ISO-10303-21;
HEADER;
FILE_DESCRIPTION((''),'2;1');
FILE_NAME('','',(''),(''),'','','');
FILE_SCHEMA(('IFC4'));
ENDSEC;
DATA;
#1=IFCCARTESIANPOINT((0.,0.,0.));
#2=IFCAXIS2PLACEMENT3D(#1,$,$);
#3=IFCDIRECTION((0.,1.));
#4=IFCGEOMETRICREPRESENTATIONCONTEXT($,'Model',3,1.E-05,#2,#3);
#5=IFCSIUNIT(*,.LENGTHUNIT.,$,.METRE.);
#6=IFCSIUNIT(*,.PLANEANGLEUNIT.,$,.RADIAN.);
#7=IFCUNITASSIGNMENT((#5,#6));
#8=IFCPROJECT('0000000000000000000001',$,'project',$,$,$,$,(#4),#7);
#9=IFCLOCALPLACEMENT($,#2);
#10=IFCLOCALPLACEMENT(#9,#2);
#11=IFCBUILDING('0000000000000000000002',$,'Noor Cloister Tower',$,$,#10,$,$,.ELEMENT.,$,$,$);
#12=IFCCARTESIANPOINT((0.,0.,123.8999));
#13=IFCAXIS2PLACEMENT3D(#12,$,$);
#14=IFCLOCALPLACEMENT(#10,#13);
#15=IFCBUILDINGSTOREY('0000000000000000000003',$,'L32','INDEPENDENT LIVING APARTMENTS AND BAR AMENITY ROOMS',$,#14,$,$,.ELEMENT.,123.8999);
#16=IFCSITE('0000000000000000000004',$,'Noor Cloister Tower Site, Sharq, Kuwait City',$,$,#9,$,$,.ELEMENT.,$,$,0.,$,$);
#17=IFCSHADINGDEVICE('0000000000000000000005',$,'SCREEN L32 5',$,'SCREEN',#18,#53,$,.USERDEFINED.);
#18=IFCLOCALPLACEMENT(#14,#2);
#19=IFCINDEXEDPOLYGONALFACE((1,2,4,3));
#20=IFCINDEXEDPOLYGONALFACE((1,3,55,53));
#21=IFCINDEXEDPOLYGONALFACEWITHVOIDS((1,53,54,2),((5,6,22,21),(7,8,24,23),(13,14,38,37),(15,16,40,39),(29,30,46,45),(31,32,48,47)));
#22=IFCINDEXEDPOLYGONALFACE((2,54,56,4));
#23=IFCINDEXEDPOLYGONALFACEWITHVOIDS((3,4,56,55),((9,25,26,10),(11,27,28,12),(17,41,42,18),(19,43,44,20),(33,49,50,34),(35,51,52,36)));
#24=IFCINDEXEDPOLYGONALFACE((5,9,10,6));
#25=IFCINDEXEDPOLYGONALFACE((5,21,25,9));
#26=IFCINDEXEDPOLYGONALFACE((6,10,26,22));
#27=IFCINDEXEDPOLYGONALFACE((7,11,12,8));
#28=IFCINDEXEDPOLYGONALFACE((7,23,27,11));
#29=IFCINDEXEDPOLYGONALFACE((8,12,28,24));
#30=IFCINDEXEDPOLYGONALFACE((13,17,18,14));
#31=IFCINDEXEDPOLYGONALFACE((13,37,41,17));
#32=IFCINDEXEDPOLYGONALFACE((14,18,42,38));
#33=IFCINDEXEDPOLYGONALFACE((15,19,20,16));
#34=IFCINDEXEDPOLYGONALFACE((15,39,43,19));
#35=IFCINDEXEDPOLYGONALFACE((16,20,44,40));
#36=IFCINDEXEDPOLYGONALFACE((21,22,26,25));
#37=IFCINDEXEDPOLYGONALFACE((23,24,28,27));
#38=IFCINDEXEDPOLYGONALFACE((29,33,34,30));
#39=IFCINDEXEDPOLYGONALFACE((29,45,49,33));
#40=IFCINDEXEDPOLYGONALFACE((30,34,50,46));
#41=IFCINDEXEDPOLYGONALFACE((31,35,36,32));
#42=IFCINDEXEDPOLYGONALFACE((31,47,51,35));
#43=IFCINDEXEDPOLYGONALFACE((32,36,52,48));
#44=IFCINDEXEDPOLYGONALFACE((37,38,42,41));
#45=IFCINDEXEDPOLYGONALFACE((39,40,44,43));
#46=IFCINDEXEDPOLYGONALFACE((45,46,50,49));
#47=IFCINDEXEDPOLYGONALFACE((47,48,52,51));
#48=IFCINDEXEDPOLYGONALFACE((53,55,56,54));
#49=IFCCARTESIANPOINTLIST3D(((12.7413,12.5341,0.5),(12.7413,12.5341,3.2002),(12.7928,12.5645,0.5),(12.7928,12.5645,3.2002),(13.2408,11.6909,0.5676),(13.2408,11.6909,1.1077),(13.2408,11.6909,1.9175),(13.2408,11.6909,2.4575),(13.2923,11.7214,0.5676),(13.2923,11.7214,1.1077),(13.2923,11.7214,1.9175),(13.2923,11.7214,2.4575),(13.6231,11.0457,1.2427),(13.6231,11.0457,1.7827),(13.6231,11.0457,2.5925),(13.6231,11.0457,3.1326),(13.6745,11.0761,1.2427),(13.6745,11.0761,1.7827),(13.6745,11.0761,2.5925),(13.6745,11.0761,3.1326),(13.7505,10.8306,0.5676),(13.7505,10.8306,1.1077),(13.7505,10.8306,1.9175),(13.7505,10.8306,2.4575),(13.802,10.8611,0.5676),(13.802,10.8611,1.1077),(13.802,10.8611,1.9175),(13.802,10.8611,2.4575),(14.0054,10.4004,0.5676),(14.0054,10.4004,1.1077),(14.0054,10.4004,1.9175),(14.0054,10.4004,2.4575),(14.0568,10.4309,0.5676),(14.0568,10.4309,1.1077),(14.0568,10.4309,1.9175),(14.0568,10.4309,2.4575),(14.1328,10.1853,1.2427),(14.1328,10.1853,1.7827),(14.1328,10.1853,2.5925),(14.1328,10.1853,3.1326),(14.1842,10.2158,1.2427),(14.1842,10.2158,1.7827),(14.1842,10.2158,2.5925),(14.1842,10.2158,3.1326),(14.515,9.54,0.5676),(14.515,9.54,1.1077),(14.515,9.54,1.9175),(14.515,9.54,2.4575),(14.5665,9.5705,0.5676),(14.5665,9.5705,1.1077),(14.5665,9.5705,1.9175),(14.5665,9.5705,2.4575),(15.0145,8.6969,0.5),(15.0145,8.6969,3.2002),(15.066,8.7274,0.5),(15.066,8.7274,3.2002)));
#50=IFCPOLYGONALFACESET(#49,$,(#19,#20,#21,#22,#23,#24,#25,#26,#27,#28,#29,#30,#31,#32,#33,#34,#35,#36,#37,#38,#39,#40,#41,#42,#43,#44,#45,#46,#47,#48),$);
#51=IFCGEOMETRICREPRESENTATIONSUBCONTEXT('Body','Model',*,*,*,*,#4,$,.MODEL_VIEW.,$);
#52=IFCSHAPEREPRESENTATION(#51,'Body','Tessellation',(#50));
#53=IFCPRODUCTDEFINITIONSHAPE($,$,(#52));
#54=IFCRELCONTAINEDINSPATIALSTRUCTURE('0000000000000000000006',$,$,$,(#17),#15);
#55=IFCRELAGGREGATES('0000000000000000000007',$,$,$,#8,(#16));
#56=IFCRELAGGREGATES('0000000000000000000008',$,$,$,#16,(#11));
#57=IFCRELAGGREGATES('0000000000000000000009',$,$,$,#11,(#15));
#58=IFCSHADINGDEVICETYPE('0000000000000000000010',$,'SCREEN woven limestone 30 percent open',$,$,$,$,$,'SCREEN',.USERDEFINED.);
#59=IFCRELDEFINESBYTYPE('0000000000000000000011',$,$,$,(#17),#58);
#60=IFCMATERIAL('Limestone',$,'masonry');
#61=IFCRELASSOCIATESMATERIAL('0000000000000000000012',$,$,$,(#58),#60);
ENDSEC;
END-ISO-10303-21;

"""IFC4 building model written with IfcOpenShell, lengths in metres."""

from ifc_helpers import new_model, si_unit, direction, frame, origin, place, context, subcontext, project, spatial, polyline, outline, extrude, material, material_profile, profile_set, type_object, element, save


model = new_model("IFC4")

# Units and contexts
model_context = context("Model", 3, precision=1e-05, world=origin(), true_north=direction((0.0, 1.0)))
body_context = subcontext(model_context, "Body", "Model", "MODEL_VIEW")
ifc_project = project(units=[si_unit("LENGTHUNIT", "METRE"), si_unit("PLANEANGLEUNIT", "RADIAN")], contexts=[model_context])

# Site, building, storey
site_placement = place(None, origin())
site = spatial("IfcSite", under=ifc_project, at=site_placement, Name="Noor Cloister Tower Site, Sharq, Kuwait City", CompositionType="ELEMENT", RefElevation=0.0)
building_placement = place(site_placement, origin())
building = spatial("IfcBuilding", under=site, at=building_placement, Name="Noor Cloister Tower", CompositionType="ELEMENT")
storey_placement = place(building_placement, frame((0.0, 0.0, 123.8999)))
storey = spatial("IfcBuildingStorey", under=building, at=storey_placement, Name="L32", Description="INDEPENDENT LIVING APARTMENTS AND BAR AMENITY ROOMS", CompositionType="ELEMENT", Elevation=123.8999)

# Shading device
ifc_material_1 = material(Name="Limestone", Category="masonry")
ifc_material_profile = material_profile(ifc_material_1, outline(polyline([(-2.23, -1.3501), (2.23, -1.3501), (2.23, 1.3501), (-2.23, 1.3501), (-2.23, -1.3501)]), holes=[polyline([(-1.25, -1.2825), (-0.25, -1.2825), (-0.25, -0.7424), (-1.25, -0.7424), (-1.25, -1.2825)]), polyline([(0.25, -1.2825), (1.25, -1.2825), (1.25, -0.7424), (0.25, -0.7424), (0.25, -1.2825)]), polyline([(-0.5, -0.6074), (0.5, -0.6074), (0.5, -0.0674), (-0.5, -0.0674), (-0.5, -0.6074)]), polyline([(-1.25, 0.0674), (-0.25, 0.0674), (-0.25, 0.6074), (-1.25, 0.6074), (-1.25, 0.0674)]), polyline([(0.25, 0.0674), (1.25, 0.0674), (1.25, 0.6074), (0.25, 0.6074), (0.25, 0.0674)]), polyline([(-0.5, 0.7424), (0.5, 0.7424), (0.5, 1.2825), (-0.5, 1.2825), (-0.5, 0.7424)])]), Name="Woven screen 30 percent open")
ifc_profile_set = profile_set([ifc_material_profile], Name="Limestone")
shading_device_type = type_object("IfcShadingDeviceType", Name="SCREEN woven limestone 30 percent open", ElementType="SCREEN", PredefinedType="USERDEFINED", material=ifc_profile_set)
shading_device_placement = place(storey_placement, frame((13.8779, 10.6155, 1.8501), z_axis=(0.860358, 0.509691, 0.0), x_axis=(-0.509691, 0.860358, 0.0)))
element("IfcShadingDevice", 1, at=shading_device_placement, inside=storey, type_object=shading_device_type, Name="SCREEN L32 5", ObjectType="SCREEN", PredefinedType="USERDEFINED", context=body_context, shape_type="SweptSolid", body=[
    extrude(outline(polyline([(-2.23, -1.3501), (2.23, -1.3501), (2.23, 1.3501), (-2.23, 1.3501), (-2.23, -1.3501)]), holes=[polyline([(-1.25, -1.2825), (-0.25, -1.2825), (-0.25, -0.7424), (-1.25, -0.7424), (-1.25, -1.2825)]), polyline([(0.25, -1.2825), (1.25, -1.2825), (1.25, -0.7424), (0.25, -0.7424), (0.25, -1.2825)]), polyline([(-0.5, -0.6074), (0.5, -0.6074), (0.5, -0.0674), (-0.5, -0.0674), (-0.5, -0.6074)]), polyline([(-1.25, 0.0674), (-0.25, 0.0674), (-0.25, 0.6074), (-1.25, 0.6074), (-1.25, 0.0674)]), polyline([(0.25, 0.0674), (1.25, 0.0674), (1.25, 0.6074), (0.25, 0.6074), (0.25, 0.0674)]), polyline([(-0.5, 0.7424), (0.5, 0.7424), (0.5, 1.2825), (-0.5, 1.2825), (-0.5, 0.7424)])]), origin(), (0.0, 0.0, 1.0), 0.0598),
])

save(model, "model.ifc")
